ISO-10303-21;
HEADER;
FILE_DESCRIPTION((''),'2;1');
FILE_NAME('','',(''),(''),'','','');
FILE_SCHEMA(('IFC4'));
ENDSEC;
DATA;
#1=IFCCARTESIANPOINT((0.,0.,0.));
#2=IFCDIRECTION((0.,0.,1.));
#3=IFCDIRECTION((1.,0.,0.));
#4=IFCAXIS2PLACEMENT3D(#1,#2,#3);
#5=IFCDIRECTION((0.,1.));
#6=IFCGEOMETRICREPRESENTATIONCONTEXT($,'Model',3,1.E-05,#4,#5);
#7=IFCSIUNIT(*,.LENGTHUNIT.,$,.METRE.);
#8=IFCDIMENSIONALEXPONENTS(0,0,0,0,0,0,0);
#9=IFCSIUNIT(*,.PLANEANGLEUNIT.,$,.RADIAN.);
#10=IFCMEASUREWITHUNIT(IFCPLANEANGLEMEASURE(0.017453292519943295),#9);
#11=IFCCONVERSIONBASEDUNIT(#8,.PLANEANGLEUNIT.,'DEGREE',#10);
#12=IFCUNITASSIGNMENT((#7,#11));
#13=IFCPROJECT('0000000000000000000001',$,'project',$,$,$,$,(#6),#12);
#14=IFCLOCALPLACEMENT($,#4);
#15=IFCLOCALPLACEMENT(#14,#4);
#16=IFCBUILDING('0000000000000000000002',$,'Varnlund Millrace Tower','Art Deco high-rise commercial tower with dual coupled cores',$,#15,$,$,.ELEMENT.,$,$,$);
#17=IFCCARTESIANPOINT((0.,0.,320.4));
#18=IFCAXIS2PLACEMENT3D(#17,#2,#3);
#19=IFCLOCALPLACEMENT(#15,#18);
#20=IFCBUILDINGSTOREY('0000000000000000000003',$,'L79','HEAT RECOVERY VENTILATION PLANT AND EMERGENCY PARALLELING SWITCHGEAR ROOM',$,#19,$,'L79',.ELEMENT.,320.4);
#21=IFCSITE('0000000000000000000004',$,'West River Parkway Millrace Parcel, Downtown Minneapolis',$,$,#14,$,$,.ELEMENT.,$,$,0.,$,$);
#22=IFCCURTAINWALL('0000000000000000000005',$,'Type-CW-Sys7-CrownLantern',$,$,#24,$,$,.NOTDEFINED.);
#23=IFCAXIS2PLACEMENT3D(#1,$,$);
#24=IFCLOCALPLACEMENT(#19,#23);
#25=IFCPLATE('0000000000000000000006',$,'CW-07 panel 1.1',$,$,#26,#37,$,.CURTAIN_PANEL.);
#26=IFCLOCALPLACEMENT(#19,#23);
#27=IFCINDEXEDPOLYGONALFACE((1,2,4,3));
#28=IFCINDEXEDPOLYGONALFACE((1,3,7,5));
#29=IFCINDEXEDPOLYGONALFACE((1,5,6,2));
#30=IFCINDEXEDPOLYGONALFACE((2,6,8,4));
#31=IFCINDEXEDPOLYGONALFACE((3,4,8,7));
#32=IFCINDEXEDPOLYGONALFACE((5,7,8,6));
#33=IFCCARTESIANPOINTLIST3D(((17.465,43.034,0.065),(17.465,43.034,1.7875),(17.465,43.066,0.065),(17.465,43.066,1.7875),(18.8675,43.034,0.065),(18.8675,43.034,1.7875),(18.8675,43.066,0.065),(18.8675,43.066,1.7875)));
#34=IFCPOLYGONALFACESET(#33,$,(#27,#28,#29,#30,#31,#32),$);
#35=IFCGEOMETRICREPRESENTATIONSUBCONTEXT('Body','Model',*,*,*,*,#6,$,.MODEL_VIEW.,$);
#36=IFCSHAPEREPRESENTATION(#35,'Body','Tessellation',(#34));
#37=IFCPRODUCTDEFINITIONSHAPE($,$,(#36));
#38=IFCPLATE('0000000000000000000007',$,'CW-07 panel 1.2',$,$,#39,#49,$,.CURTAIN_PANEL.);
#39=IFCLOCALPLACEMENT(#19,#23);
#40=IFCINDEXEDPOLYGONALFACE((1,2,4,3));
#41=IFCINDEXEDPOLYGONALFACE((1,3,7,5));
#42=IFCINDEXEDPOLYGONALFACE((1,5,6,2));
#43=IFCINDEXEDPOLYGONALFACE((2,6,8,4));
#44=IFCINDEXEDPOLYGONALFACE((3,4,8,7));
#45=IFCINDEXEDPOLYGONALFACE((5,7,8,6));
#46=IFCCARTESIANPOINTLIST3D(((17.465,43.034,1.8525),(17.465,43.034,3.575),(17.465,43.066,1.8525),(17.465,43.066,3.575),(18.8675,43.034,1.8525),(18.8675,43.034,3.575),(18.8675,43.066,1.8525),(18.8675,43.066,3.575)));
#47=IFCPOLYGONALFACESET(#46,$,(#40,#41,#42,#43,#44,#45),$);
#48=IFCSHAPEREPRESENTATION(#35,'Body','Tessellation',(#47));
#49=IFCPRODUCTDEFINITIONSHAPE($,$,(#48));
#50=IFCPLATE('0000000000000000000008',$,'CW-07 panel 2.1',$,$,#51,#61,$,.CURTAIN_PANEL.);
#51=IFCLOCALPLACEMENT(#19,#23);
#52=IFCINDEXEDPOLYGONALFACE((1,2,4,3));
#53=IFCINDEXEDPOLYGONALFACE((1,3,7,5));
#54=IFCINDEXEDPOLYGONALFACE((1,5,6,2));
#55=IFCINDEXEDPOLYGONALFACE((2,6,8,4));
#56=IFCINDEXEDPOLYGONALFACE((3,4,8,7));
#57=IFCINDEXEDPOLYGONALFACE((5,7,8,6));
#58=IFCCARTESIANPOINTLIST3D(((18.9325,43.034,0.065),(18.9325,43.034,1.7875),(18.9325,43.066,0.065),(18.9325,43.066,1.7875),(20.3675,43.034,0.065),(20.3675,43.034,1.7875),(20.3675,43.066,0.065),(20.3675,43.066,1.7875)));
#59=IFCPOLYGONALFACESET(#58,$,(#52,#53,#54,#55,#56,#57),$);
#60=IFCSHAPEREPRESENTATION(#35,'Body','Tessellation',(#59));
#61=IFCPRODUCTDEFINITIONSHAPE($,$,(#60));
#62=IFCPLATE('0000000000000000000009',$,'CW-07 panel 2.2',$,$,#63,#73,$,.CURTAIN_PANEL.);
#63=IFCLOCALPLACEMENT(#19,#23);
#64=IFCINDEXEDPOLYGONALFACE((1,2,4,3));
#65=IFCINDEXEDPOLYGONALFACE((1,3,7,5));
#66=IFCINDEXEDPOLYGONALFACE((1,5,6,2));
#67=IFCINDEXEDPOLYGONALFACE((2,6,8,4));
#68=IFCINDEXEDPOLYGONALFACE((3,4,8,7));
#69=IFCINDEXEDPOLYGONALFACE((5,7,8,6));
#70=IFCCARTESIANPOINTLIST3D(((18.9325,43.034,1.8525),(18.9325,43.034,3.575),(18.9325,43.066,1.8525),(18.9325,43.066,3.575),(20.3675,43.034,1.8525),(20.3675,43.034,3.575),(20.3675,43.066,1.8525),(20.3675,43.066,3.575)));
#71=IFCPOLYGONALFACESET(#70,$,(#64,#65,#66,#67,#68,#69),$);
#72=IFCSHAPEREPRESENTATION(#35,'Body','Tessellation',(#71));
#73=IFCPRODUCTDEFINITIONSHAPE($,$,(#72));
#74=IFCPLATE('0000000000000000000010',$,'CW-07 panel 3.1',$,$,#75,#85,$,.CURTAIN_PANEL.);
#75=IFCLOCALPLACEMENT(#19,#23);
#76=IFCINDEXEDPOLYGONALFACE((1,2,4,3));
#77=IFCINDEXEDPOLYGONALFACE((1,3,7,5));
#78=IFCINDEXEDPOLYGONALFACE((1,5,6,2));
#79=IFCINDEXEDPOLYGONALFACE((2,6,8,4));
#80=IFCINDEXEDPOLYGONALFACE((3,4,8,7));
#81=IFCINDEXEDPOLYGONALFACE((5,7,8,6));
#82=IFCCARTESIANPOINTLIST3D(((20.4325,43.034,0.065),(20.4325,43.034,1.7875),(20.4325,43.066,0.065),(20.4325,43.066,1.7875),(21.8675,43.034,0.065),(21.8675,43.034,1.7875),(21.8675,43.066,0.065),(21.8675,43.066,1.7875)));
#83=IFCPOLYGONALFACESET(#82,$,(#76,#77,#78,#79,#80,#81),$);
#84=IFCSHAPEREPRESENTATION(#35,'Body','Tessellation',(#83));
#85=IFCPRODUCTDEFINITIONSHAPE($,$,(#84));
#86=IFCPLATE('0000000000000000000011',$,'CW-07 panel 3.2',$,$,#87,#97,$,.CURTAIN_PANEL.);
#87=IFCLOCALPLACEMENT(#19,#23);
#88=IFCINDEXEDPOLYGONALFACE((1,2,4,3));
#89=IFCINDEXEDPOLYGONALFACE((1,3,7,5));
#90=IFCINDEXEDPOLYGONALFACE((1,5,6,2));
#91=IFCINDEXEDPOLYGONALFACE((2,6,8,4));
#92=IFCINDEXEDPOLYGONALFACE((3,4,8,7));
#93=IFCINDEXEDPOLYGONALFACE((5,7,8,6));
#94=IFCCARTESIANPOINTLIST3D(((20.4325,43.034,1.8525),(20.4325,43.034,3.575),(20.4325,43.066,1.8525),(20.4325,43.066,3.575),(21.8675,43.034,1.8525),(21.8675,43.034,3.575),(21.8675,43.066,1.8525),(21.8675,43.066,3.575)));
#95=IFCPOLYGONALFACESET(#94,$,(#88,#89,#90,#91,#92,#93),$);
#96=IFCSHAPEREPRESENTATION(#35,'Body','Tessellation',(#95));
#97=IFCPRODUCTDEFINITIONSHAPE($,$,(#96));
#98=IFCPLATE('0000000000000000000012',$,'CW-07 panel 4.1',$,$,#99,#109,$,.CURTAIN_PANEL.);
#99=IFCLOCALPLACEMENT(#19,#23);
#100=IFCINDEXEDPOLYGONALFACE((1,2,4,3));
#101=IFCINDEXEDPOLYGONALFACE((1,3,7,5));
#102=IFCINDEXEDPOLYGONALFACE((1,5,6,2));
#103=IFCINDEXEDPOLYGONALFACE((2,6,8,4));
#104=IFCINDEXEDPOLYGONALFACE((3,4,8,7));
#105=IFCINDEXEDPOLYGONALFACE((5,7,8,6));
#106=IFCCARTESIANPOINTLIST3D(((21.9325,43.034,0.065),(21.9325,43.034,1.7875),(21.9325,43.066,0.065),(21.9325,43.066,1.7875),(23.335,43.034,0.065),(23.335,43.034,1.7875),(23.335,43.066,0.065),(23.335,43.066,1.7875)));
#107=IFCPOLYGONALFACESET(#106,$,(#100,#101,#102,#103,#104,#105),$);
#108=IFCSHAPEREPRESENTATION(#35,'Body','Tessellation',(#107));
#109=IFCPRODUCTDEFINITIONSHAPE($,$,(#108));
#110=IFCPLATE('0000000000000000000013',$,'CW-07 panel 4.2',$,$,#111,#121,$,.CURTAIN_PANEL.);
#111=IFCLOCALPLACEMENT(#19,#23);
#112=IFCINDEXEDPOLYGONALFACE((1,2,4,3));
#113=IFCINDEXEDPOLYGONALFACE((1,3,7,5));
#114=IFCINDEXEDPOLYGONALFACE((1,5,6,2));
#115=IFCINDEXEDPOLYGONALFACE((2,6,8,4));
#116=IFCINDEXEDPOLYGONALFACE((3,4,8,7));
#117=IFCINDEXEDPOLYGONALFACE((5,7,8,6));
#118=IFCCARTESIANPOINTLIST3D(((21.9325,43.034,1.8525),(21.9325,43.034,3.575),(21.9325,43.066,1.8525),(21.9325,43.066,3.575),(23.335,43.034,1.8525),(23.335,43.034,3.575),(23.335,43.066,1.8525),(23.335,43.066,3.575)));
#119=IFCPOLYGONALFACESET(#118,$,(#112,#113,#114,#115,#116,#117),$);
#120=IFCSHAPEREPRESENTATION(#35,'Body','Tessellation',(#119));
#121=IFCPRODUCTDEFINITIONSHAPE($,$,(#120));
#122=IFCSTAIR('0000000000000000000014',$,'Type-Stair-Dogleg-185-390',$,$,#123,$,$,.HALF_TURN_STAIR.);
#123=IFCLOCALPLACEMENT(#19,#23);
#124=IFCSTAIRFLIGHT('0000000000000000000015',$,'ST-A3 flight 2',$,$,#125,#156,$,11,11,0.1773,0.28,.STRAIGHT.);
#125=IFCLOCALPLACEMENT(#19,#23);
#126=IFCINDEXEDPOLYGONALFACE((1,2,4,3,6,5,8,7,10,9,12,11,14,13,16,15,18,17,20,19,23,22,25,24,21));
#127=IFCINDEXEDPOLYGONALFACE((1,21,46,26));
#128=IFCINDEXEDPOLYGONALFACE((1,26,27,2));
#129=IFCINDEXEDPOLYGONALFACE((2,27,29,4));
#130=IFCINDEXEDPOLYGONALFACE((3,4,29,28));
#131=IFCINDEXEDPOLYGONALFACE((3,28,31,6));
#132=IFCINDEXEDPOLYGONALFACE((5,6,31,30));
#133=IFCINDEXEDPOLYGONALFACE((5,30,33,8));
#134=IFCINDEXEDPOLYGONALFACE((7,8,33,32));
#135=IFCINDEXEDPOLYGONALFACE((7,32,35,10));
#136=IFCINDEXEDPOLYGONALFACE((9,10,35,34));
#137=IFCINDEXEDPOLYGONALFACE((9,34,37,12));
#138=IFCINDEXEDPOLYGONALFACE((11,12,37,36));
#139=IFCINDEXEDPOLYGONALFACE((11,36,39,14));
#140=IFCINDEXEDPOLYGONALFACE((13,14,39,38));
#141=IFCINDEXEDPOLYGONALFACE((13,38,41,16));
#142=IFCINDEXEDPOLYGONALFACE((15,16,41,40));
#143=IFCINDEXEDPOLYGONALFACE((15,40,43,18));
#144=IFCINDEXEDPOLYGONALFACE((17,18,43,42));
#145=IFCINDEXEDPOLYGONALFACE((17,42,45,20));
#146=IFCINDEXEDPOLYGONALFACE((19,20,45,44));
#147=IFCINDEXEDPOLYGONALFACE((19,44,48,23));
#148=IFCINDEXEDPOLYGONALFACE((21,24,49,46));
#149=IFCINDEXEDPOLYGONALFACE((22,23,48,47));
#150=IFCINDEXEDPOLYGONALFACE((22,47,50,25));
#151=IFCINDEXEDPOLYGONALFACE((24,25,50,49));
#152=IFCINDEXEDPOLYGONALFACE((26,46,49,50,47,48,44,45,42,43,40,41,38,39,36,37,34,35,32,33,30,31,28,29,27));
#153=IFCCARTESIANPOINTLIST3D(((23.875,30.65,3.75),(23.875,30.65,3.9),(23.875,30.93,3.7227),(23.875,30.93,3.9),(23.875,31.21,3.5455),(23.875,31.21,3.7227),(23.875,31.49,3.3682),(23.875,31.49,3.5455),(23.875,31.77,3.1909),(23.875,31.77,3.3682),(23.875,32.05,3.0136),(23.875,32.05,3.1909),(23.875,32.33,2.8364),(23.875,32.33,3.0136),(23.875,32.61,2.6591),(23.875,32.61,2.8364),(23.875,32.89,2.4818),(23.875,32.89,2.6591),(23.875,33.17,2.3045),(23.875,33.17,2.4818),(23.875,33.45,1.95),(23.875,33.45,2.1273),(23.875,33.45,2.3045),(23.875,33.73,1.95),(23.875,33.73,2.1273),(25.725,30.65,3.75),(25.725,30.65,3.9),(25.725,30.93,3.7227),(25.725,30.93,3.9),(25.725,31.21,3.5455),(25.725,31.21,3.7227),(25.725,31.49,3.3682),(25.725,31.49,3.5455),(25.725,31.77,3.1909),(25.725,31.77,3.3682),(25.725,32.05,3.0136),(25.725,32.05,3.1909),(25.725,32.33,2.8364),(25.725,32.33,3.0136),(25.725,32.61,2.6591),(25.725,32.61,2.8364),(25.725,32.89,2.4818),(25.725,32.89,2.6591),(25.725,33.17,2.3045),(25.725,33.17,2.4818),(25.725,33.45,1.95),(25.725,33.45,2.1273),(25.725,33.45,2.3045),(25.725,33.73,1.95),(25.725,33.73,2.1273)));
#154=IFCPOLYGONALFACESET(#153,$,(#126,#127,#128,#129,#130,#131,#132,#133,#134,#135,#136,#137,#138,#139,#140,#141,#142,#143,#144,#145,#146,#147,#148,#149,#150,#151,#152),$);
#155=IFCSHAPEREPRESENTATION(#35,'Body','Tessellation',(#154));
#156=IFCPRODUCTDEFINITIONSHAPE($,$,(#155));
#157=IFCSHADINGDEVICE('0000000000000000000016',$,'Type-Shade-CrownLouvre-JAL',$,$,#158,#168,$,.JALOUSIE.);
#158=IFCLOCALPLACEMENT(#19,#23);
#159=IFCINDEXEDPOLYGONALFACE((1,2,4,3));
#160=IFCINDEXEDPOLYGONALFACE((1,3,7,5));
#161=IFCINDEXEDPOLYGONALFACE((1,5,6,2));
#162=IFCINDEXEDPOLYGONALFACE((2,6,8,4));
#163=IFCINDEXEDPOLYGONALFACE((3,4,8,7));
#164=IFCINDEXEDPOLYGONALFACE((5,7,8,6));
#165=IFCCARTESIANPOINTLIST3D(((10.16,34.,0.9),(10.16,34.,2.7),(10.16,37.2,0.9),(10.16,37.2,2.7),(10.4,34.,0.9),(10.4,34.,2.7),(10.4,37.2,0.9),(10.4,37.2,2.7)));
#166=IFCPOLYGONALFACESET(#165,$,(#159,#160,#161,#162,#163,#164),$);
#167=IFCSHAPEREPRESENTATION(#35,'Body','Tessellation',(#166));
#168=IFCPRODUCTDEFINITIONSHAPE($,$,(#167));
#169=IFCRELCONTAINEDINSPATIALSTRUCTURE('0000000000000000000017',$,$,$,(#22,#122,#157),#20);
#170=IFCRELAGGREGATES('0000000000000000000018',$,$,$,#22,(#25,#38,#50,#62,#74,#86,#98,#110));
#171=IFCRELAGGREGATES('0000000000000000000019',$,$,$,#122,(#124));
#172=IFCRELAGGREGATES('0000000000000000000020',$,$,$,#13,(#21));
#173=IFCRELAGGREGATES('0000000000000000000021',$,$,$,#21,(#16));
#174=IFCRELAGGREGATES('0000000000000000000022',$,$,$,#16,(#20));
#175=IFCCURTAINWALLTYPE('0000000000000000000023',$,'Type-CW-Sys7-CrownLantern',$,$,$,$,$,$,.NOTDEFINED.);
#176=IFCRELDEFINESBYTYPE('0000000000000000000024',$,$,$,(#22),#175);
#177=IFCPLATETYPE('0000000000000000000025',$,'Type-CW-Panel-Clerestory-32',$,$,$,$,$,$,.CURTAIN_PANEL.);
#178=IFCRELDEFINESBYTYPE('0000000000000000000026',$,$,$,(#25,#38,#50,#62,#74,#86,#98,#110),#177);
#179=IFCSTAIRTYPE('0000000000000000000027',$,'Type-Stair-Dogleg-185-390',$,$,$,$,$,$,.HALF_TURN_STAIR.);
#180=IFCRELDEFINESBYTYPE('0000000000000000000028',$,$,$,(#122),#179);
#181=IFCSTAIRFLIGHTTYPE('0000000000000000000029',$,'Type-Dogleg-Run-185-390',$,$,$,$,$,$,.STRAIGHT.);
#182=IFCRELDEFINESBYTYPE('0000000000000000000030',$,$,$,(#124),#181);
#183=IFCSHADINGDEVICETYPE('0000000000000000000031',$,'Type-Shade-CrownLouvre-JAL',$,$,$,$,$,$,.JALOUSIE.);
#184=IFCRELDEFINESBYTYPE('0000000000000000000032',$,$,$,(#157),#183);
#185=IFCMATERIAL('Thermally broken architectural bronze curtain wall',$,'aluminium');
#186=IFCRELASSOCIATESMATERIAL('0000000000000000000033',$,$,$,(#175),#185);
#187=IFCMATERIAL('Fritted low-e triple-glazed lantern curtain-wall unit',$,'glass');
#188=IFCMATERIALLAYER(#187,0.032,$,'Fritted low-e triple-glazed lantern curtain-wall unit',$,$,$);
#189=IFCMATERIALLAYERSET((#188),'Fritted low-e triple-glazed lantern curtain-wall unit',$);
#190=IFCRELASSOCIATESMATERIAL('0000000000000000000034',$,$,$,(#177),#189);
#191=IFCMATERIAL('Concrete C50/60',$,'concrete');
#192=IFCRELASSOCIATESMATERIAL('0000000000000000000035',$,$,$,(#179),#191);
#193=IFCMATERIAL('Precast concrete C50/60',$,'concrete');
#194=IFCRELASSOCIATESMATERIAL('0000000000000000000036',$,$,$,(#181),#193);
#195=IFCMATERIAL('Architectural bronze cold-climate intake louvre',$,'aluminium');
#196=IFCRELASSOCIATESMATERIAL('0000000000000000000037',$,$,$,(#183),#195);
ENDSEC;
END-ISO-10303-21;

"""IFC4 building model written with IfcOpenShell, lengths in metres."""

from ifc_helpers import new_model, entity, si_unit, converted_unit, direction, frame, origin_with_axes, origin_2d_with_axis, place, context, subcontext, project, spatial, polyline, rectangle, outline, extrude, material, layer, layer_set, type_object, element, aggregate, save


model = new_model("IFC4")

# Units and contexts
model_context = context("Model", 3, precision=1e-05, world=origin_with_axes(), true_north=direction((0.0, 1.0)))
body_context = subcontext(model_context, "Body", "Model", "MODEL_VIEW")
ifc_project = project(units=[si_unit("LENGTHUNIT", "METRE"), converted_unit("PLANEANGLEUNIT", "DEGREE", entity("IfcPlaneAngleMeasure", 0.017453292519943295), si_unit("PLANEANGLEUNIT", "RADIAN"), dimensions=[0, 0, 0, 0, 0, 0, 0])], contexts=[model_context])

# Site, building, storey
site_placement = place(None, origin_with_axes())
site = spatial("IfcSite", under=ifc_project, at=site_placement, Name="West River Parkway Millrace Parcel, Downtown Minneapolis", CompositionType="ELEMENT", RefElevation=0.0)
building_placement = place(site_placement, origin_with_axes())
building = spatial("IfcBuilding", under=site, at=building_placement, Name="Varnlund Millrace Tower", Description="Art Deco high-rise commercial tower with dual coupled cores", CompositionType="ELEMENT")
storey_placement = place(building_placement, frame((0.0, 0.0, 320.4), z_axis=(0.0, 0.0, 1.0), x_axis=(1.0, 0.0, 0.0)))
storey = spatial("IfcBuildingStorey", under=building, at=storey_placement, Name="L79", Description="HEAT RECOVERY VENTILATION PLANT AND EMERGENCY PARALLELING SWITCHGEAR ROOM", LongName="L79", CompositionType="ELEMENT", Elevation=320.4)

# Curtain wall
ifc_material_1 = material(Name="Thermally broken architectural bronze curtain wall", Category="aluminium")
curtain_wall_type = type_object("IfcCurtainWallType", Name="Type-CW-Sys7-CrownLantern", PredefinedType="NOTDEFINED", material=ifc_material_1)
curtain_wall_1_placement = place(storey_placement, frame((17.4, 43.05, 0.0), z_axis=(0.0, 0.0, 1.0), x_axis=(1.0, 0.0, 0.0)))
curtain_wall_1 = element("IfcCurtainWall", 1, at=curtain_wall_1_placement, inside=storey, type_object=curtain_wall_type, Name="Type-CW-Sys7-CrownLantern", PredefinedType="NOTDEFINED")

# Plates
ifc_material_2 = material(Name="Fritted low-e triple-glazed lantern curtain-wall unit", Category="glass")
ifc_layer = layer(ifc_material_2, 0.032, Name="Fritted low-e triple-glazed lantern curtain-wall unit")
ifc_layer_set = layer_set([ifc_layer], Name="Fritted low-e triple-glazed lantern curtain-wall unit")
plate_type = type_object("IfcPlateType", Name="Type-CW-Panel-Clerestory-32", PredefinedType="CURTAIN_PANEL", material=ifc_layer_set)
plate_1_placement = place(storey_placement, frame((18.1663, 43.05, 0.065), z_axis=(0.0, 0.0, 1.0), x_axis=(1.0, 0.0, 0.0)))
plate_1 = element("IfcPlate", 2, at=plate_1_placement, type_object=plate_type, Name="CW-07 panel 1.1", PredefinedType="CURTAIN_PANEL", context=body_context, shape_type="SweptSolid", body=[
    extrude(rectangle(XDim=1.4025, YDim=0.032, at=origin_2d_with_axis()), origin_with_axes(), (0.0, 0.0, 1.0), 1.7225),
])
plate_2_placement = place(storey_placement, frame((18.1663, 43.05, 1.8525), z_axis=(0.0, 0.0, 1.0), x_axis=(1.0, 0.0, 0.0)))
plate_2 = element("IfcPlate", 3, at=plate_2_placement, type_object=plate_type, Name="CW-07 panel 1.2", PredefinedType="CURTAIN_PANEL", context=body_context, shape_type="SweptSolid", body=[
    extrude(rectangle(XDim=1.4025, YDim=0.032, at=origin_2d_with_axis()), origin_with_axes(), (0.0, 0.0, 1.0), 1.7225),
])
plate_3_placement = place(storey_placement, frame((19.65, 43.05, 0.065), z_axis=(0.0, 0.0, 1.0), x_axis=(1.0, 0.0, 0.0)))
plate_3 = element("IfcPlate", 4, at=plate_3_placement, type_object=plate_type, Name="CW-07 panel 2.1", PredefinedType="CURTAIN_PANEL", context=body_context, shape_type="SweptSolid", body=[
    extrude(rectangle(XDim=1.435, YDim=0.032, at=origin_2d_with_axis()), origin_with_axes(), (0.0, 0.0, 1.0), 1.7225),
])
plate_4_placement = place(storey_placement, frame((19.65, 43.05, 1.8525), z_axis=(0.0, 0.0, 1.0), x_axis=(1.0, 0.0, 0.0)))
plate_4 = element("IfcPlate", 5, at=plate_4_placement, type_object=plate_type, Name="CW-07 panel 2.2", PredefinedType="CURTAIN_PANEL", context=body_context, shape_type="SweptSolid", body=[
    extrude(rectangle(XDim=1.435, YDim=0.032, at=origin_2d_with_axis()), origin_with_axes(), (0.0, 0.0, 1.0), 1.7225),
])
plate_5_placement = place(storey_placement, frame((21.15, 43.05, 0.065), z_axis=(0.0, 0.0, 1.0), x_axis=(1.0, 0.0, 0.0)))
plate_5 = element("IfcPlate", 6, at=plate_5_placement, type_object=plate_type, Name="CW-07 panel 3.1", PredefinedType="CURTAIN_PANEL", context=body_context, shape_type="SweptSolid", body=[
    extrude(rectangle(XDim=1.435, YDim=0.032, at=origin_2d_with_axis()), origin_with_axes(), (0.0, 0.0, 1.0), 1.7225),
])
plate_6_placement = place(storey_placement, frame((21.15, 43.05, 1.8525), z_axis=(0.0, 0.0, 1.0), x_axis=(1.0, 0.0, 0.0)))
plate_6 = element("IfcPlate", 7, at=plate_6_placement, type_object=plate_type, Name="CW-07 panel 3.2", PredefinedType="CURTAIN_PANEL", context=body_context, shape_type="SweptSolid", body=[
    extrude(rectangle(XDim=1.435, YDim=0.032, at=origin_2d_with_axis()), origin_with_axes(), (0.0, 0.0, 1.0), 1.7225),
])
plate_7_placement = place(storey_placement, frame((22.6337, 43.05, 0.065), z_axis=(0.0, 0.0, 1.0), x_axis=(1.0, 0.0, 0.0)))
plate_7 = element("IfcPlate", 8, at=plate_7_placement, type_object=plate_type, Name="CW-07 panel 4.1", PredefinedType="CURTAIN_PANEL", context=body_context, shape_type="SweptSolid", body=[
    extrude(rectangle(XDim=1.4025, YDim=0.032, at=origin_2d_with_axis()), origin_with_axes(), (0.0, 0.0, 1.0), 1.7225),
])
plate_8_placement = place(storey_placement, frame((22.6337, 43.05, 1.8525), z_axis=(0.0, 0.0, 1.0), x_axis=(1.0, 0.0, 0.0)))
plate_8 = element("IfcPlate", 9, at=plate_8_placement, type_object=plate_type, Name="CW-07 panel 4.2", PredefinedType="CURTAIN_PANEL", context=body_context, shape_type="SweptSolid", body=[
    extrude(rectangle(XDim=1.4025, YDim=0.032, at=origin_2d_with_axis()), origin_with_axes(), (0.0, 0.0, 1.0), 1.7225),
])
aggregate(curtain_wall_1, [plate_1, plate_2, plate_3, plate_4, plate_5, plate_6, plate_7, plate_8])

# Stair, stair flight
ifc_material_3 = material(Name="Concrete C50/60", Category="concrete")
stair_type = type_object("IfcStairType", Name="Type-Stair-Dogleg-185-390", PredefinedType="HALF_TURN_STAIR", material=ifc_material_3)
stair_placement = place(storey_placement, origin_with_axes())
stair = element("IfcStair", 10, at=stair_placement, inside=storey, type_object=stair_type, Name="Type-Stair-Dogleg-185-390", PredefinedType="HALF_TURN_STAIR")
ifc_material_4 = material(Name="Precast concrete C50/60", Category="concrete")
stair_flight_type = type_object("IfcStairFlightType", Name="Type-Dogleg-Run-185-390", PredefinedType="STRAIGHT", material=ifc_material_4)
stair_flight_placement = place(storey_placement, frame((25.725, 33.73, 1.95), z_axis=(-1.0, 0.0, 0.0), x_axis=(0.0, -1.0, 0.0)))
stair_flight = element("IfcStairFlight", 11, at=stair_flight_placement, type_object=stair_flight_type, Name="ST-A3 flight 2", NumberOfRisers=11, NumberOfTreads=11, PredefinedType="STRAIGHT", RiserHeight=0.1773, TreadLength=0.28, context=body_context, shape_type="SweptSolid", body=[
    extrude(outline(polyline([(0.0, 0.0), (0.0, 0.1773), (0.28, 0.1773), (0.28, 0.3545), (0.56, 0.3545), (0.56, 0.5318), (0.84, 0.5318), (0.84, 0.7091), (1.12, 0.7091), (1.12, 0.8864), (1.4, 0.8864), (1.4, 1.0636), (1.68, 1.0636), (1.68, 1.2409), (1.96, 1.2409), (1.96, 1.4182), (2.24, 1.4182), (2.24, 1.5955), (2.52, 1.5955), (2.52, 1.7727), (2.8, 1.7727), (2.8, 1.95), (3.08, 1.95), (3.08, 1.8), (0.28, 0.0), (0.0, 0.0)])), origin_with_axes(), (0.0, 0.0, 1.0), 1.85),
])
aggregate(stair, [stair_flight])

# Shading device
ifc_material_5 = material(Name="Architectural bronze cold-climate intake louvre", Category="aluminium")
shading_device_type = type_object("IfcShadingDeviceType", Name="Type-Shade-CrownLouvre-JAL", PredefinedType="JALOUSIE", material=ifc_material_5)
shading_device_placement = place(storey_placement, frame((10.28, 35.6, 0.9), z_axis=(0.0, 0.0, 1.0), x_axis=(0.0, 1.0, 0.0)))
element("IfcShadingDevice", 12, at=shading_device_placement, inside=storey, type_object=shading_device_type, Name="Type-Shade-CrownLouvre-JAL", PredefinedType="JALOUSIE", context=body_context, shape_type="SweptSolid", body=[
    extrude(rectangle(XDim=3.2, YDim=0.24, at=origin_2d_with_axis()), origin_with_axes(), (0.0, 0.0, 1.0), 1.8),
])

save(model, "model.ifc")
